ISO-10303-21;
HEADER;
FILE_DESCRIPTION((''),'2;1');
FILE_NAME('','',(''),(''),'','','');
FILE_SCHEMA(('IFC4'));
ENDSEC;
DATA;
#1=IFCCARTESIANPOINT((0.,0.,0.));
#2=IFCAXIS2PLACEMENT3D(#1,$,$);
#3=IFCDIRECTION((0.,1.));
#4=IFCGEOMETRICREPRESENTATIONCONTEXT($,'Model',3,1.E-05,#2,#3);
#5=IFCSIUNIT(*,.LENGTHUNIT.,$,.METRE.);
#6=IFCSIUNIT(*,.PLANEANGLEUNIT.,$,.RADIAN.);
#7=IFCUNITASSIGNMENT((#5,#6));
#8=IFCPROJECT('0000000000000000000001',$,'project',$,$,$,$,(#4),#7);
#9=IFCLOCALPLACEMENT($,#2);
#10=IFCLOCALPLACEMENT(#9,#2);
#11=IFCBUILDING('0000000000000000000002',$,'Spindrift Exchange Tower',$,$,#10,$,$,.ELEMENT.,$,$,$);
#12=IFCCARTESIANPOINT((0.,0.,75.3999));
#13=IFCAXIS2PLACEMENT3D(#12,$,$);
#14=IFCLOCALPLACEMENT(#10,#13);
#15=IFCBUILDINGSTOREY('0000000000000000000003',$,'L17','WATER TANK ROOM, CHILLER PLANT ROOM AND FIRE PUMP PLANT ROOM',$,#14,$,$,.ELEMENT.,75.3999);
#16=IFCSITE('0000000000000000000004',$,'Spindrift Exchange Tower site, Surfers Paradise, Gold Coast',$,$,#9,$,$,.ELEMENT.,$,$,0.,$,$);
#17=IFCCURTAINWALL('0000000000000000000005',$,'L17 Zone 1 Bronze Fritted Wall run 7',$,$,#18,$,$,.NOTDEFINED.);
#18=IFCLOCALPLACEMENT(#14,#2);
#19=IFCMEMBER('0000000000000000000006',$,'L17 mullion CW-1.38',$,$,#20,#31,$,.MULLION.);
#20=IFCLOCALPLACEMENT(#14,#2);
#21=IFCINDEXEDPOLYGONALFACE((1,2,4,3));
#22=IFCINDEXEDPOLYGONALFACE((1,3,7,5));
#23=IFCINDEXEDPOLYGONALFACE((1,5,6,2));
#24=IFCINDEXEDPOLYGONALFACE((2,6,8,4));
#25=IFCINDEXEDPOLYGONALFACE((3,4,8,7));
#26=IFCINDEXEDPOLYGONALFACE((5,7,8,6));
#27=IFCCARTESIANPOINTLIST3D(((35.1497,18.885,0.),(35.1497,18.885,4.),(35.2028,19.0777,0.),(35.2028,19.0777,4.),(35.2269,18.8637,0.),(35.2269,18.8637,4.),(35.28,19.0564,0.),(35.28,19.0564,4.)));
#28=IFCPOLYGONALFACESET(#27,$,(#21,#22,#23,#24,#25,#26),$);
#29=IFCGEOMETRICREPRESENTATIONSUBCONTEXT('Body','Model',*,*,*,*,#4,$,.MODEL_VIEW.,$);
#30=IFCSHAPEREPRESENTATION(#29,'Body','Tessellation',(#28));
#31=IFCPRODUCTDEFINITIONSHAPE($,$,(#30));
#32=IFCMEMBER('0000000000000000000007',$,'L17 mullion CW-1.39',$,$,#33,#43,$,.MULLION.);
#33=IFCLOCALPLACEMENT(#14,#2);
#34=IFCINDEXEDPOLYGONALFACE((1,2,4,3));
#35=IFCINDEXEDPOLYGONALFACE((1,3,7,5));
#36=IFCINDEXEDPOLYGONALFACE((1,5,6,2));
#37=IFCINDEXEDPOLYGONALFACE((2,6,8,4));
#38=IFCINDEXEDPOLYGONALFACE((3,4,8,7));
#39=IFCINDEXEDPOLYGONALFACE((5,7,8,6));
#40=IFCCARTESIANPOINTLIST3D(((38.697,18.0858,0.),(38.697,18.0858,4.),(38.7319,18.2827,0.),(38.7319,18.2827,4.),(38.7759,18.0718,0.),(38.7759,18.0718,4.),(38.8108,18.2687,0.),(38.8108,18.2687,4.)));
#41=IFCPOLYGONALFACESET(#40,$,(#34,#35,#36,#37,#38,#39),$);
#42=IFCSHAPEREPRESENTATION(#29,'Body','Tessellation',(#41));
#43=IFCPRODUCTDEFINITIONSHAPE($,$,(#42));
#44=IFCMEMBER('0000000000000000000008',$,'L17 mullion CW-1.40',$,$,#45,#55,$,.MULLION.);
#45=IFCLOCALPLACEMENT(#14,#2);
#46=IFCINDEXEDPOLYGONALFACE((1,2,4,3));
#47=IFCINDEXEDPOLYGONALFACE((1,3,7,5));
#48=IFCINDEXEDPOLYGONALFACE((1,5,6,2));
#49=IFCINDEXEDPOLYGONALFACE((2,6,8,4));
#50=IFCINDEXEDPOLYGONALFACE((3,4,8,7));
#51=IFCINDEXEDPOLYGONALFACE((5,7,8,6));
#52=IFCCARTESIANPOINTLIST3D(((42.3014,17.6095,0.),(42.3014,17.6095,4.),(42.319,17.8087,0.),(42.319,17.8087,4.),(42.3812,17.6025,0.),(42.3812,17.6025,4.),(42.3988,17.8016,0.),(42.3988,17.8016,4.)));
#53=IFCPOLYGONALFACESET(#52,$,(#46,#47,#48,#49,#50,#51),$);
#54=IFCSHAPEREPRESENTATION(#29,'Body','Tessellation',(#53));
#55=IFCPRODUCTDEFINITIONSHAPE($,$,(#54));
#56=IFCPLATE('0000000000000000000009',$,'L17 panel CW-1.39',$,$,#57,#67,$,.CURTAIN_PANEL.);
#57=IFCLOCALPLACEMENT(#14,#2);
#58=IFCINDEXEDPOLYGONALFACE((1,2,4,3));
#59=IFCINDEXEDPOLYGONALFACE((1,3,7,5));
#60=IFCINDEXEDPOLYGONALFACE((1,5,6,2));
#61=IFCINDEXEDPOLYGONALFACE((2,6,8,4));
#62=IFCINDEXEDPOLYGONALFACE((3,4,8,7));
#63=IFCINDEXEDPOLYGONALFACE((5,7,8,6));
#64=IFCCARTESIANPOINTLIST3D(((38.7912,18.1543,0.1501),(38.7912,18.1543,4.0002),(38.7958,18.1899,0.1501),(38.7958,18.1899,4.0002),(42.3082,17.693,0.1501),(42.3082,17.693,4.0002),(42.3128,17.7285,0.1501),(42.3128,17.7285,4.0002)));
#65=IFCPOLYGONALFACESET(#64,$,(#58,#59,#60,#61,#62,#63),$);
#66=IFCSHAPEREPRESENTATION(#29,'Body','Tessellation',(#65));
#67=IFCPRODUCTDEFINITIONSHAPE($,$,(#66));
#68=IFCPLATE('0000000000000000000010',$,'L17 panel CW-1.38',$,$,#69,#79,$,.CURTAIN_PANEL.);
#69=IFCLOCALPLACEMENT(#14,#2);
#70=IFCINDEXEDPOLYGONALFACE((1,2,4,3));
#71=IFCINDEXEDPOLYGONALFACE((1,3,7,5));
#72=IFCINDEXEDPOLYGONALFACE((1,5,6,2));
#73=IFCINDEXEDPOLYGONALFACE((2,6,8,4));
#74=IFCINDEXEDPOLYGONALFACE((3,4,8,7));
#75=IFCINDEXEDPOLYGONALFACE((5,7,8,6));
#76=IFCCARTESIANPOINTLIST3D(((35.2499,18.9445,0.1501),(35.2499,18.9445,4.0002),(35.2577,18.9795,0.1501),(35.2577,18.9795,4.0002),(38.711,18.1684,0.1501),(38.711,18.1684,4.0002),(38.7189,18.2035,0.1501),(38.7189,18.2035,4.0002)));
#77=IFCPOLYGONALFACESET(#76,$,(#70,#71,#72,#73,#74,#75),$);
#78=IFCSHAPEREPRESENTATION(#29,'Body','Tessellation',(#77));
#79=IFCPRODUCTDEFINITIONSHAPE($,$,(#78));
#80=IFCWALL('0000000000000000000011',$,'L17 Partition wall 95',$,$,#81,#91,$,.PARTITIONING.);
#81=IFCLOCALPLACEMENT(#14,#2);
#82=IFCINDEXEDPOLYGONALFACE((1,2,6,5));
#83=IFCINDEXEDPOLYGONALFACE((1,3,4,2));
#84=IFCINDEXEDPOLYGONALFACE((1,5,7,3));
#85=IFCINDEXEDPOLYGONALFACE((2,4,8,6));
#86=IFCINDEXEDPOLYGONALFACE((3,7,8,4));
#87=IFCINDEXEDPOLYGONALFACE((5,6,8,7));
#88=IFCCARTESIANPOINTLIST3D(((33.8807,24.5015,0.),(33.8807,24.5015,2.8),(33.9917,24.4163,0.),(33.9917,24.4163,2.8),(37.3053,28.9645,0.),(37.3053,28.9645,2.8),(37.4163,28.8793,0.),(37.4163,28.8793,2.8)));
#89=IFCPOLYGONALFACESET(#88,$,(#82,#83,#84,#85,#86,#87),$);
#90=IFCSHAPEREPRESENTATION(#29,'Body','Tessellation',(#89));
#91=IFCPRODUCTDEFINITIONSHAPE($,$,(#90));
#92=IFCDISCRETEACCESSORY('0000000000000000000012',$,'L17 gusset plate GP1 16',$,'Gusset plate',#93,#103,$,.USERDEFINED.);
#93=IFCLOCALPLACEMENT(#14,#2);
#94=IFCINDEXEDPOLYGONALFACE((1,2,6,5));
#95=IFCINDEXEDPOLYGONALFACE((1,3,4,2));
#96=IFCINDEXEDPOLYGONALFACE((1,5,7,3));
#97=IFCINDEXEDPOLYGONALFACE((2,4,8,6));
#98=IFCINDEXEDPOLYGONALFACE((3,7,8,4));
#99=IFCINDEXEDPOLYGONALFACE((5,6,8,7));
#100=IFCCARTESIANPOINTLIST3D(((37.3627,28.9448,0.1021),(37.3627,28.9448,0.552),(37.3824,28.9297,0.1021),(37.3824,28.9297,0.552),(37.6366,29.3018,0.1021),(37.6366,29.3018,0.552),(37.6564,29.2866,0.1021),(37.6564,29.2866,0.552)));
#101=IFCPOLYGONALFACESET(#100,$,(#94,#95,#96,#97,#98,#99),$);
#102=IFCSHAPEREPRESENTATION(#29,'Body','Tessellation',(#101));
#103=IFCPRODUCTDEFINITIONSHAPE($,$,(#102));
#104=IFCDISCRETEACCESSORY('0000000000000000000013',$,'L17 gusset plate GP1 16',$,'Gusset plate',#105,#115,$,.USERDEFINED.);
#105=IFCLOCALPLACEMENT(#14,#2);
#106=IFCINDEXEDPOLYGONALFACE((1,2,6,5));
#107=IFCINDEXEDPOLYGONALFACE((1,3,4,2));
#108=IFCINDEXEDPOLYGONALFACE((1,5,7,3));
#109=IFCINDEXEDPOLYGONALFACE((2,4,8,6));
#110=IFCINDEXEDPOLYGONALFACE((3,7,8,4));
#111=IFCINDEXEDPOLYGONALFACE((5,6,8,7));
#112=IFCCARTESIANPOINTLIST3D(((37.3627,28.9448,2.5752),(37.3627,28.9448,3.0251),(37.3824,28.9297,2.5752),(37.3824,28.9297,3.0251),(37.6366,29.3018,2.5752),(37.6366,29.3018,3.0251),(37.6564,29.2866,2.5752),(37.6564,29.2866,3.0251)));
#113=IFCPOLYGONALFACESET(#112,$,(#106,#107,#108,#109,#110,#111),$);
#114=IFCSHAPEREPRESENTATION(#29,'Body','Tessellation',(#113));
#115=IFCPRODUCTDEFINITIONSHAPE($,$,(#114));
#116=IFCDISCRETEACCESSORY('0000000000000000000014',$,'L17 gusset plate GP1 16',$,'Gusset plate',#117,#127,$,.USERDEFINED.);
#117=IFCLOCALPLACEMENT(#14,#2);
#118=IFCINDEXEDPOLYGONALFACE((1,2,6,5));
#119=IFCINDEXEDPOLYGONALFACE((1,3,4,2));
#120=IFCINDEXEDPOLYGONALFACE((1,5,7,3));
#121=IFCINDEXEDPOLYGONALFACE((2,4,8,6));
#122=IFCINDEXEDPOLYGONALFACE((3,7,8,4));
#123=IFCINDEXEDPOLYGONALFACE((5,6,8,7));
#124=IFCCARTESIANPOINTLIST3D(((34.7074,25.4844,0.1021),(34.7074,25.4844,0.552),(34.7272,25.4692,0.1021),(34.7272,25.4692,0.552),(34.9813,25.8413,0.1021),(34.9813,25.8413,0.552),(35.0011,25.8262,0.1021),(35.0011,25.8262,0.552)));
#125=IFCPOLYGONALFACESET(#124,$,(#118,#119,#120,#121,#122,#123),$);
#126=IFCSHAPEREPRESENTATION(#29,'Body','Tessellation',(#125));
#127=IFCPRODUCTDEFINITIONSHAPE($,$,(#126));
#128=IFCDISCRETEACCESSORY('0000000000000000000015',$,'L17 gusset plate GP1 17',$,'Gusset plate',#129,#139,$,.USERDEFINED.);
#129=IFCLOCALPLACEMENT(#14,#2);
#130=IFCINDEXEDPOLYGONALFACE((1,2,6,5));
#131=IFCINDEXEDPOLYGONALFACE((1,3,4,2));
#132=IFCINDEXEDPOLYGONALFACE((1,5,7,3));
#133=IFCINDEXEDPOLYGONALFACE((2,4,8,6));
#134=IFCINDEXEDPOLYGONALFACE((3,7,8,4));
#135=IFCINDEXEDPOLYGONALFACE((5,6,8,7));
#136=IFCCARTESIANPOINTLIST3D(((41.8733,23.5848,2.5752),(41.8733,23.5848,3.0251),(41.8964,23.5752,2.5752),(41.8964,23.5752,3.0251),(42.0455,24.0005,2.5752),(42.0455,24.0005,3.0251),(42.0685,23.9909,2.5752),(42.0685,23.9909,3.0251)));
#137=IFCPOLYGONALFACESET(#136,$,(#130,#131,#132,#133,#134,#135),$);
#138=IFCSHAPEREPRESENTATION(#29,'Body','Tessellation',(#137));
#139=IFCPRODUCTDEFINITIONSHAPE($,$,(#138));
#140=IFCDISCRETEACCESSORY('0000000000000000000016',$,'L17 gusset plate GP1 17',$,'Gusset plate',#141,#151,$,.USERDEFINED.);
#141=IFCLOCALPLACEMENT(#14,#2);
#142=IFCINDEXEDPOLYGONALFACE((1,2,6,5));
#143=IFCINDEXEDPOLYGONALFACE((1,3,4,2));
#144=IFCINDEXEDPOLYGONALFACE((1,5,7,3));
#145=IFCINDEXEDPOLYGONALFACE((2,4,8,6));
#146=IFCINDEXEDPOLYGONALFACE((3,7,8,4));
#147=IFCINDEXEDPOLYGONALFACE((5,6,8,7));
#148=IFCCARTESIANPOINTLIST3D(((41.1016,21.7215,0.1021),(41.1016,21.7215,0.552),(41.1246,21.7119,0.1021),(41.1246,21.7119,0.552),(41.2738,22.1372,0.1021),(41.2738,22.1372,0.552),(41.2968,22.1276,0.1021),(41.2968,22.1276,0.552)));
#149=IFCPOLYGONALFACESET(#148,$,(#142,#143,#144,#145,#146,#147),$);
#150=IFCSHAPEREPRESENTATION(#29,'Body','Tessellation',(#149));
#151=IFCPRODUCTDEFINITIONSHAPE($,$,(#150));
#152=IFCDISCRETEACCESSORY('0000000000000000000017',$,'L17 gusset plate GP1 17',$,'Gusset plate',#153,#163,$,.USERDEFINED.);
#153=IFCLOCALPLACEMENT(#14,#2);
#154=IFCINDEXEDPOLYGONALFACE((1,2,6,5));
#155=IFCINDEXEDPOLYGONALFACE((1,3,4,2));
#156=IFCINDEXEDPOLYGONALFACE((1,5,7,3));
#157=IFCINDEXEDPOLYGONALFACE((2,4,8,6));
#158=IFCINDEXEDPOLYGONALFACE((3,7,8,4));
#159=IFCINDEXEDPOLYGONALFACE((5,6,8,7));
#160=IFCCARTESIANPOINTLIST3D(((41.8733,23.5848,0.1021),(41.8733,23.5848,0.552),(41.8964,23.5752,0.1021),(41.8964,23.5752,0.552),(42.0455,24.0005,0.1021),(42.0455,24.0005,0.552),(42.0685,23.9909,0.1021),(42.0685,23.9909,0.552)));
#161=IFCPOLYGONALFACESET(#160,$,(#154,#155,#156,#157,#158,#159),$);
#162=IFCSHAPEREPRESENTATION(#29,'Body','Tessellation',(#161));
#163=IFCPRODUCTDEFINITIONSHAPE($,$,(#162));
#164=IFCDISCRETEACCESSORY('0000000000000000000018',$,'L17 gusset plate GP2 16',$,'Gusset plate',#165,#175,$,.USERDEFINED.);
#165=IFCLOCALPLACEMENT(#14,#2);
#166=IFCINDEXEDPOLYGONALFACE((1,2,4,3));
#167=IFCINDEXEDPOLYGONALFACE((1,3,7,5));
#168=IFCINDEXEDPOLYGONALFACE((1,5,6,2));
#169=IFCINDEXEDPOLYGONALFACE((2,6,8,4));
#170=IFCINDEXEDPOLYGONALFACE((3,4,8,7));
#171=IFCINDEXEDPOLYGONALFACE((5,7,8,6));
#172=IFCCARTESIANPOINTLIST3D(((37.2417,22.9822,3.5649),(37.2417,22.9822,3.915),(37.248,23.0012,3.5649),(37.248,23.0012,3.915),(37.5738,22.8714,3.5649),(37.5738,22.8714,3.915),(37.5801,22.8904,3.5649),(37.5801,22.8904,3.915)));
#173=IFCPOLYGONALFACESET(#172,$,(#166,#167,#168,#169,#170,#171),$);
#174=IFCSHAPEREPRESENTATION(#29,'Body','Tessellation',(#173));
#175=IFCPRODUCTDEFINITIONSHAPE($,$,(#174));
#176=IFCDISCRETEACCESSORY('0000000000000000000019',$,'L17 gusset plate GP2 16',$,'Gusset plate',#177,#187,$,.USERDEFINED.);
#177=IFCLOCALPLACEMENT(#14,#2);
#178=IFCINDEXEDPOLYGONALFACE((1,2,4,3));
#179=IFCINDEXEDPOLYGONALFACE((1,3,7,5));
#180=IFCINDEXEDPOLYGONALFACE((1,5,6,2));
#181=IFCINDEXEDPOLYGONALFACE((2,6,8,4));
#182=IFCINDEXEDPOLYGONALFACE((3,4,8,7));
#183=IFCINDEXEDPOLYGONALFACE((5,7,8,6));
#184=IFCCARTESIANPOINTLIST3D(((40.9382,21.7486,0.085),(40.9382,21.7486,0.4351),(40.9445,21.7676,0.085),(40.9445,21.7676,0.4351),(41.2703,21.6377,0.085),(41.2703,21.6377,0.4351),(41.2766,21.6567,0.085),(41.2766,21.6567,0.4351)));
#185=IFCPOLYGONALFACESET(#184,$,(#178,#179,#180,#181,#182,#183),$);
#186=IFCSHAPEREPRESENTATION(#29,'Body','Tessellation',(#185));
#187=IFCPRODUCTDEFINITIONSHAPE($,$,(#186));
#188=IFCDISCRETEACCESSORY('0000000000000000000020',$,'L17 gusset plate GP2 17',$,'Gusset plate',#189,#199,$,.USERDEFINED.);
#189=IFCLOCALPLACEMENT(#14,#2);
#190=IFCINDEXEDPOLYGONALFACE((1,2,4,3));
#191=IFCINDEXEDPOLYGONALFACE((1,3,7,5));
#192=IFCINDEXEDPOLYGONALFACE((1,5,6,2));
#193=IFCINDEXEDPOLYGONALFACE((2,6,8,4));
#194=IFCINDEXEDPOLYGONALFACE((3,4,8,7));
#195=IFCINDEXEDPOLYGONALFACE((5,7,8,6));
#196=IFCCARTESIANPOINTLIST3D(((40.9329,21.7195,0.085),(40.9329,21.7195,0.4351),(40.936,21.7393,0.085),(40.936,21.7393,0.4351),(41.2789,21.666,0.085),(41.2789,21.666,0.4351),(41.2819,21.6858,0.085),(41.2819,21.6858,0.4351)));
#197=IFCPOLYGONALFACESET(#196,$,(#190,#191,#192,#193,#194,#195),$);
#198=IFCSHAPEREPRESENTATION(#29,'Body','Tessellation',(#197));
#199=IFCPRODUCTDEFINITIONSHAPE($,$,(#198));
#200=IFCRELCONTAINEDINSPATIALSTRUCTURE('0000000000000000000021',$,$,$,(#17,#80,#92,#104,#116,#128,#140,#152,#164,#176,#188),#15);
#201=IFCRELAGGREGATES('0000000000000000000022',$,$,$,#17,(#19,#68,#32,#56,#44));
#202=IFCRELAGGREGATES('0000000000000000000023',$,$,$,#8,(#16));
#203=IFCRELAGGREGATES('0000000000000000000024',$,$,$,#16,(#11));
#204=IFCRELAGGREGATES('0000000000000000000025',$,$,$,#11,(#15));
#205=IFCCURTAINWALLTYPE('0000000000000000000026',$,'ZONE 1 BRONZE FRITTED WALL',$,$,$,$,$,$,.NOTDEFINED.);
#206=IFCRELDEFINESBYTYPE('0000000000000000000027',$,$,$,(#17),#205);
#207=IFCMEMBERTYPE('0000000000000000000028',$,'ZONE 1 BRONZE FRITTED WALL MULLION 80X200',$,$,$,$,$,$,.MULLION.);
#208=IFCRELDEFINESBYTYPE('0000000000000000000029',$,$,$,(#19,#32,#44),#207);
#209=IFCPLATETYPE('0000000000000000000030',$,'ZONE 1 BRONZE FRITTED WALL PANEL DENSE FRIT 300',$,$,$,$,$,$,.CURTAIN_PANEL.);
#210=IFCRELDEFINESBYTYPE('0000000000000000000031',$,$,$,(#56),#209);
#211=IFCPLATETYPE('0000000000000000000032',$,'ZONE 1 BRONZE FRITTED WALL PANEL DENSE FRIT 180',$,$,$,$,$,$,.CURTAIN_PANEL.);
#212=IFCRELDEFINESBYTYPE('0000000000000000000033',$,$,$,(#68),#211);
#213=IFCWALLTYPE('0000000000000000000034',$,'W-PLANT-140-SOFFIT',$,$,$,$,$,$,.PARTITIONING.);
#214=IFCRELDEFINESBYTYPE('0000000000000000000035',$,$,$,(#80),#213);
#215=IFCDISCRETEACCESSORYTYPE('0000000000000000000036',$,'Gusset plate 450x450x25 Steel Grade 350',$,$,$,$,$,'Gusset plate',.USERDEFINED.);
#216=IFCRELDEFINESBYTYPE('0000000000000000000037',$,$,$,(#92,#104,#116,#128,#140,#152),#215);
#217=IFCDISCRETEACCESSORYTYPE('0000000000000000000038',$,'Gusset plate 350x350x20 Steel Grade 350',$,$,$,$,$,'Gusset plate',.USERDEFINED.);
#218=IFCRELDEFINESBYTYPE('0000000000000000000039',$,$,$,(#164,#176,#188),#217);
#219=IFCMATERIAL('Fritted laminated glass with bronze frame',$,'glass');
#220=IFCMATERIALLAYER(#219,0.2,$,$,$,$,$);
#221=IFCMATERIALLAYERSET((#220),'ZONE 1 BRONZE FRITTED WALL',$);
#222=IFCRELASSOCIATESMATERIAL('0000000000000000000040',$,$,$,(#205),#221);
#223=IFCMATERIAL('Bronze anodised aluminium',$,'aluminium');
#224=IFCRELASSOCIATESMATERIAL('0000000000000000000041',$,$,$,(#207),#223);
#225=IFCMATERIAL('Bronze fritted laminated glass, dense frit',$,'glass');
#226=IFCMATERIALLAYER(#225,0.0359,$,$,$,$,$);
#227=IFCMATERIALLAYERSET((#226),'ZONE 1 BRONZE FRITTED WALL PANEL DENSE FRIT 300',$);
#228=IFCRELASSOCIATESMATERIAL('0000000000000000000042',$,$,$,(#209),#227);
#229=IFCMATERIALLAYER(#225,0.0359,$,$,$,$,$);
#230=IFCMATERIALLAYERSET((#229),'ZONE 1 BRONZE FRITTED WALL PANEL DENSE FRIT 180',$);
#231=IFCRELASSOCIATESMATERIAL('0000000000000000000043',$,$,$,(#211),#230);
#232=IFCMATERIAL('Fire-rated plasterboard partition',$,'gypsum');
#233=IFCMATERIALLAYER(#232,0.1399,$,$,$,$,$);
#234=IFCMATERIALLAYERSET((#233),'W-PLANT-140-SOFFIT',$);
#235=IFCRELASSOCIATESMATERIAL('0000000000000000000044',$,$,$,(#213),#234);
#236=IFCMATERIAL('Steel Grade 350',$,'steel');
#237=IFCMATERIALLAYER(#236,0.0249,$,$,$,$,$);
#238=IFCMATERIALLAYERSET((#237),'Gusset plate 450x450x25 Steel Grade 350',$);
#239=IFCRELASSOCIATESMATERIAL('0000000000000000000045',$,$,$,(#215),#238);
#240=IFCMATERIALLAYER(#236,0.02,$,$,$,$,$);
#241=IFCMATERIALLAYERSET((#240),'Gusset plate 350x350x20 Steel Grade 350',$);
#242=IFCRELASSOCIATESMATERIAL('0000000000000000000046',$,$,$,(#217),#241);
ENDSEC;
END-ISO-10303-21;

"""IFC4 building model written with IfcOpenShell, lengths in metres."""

from ifc_helpers import new_model, si_unit, direction, frame, frame_2d, origin, origin_2d, place, context, subcontext, project, spatial, rectangle, extrude, source, transform, mapped, material, layer, layer_set, material_profile, profile_set, type_object, element, aggregate, save


model = new_model("IFC4")

# Units and contexts
model_context = context("Model", 3, precision=1e-05, world=origin(), true_north=direction((0.0, 1.0)))
body_context = subcontext(model_context, "Body", "Model", "MODEL_VIEW")
ifc_project = project(units=[si_unit("LENGTHUNIT", "METRE"), si_unit("PLANEANGLEUNIT", "RADIAN")], contexts=[model_context])

# Site, building, storey
site_placement = place(None, origin())
site = spatial("IfcSite", under=ifc_project, at=site_placement, Name="Spindrift Exchange Tower site, Surfers Paradise, Gold Coast", CompositionType="ELEMENT", RefElevation=0.0)
building_placement = place(site_placement, origin())
building = spatial("IfcBuilding", under=site, at=building_placement, Name="Spindrift Exchange Tower", CompositionType="ELEMENT")
storey_placement = place(building_placement, frame((0.0, 0.0, 75.3999)))
storey = spatial("IfcBuildingStorey", under=building, at=storey_placement, Name="L17", Description="WATER TANK ROOM, CHILLER PLANT ROOM AND FIRE PUMP PLANT ROOM", CompositionType="ELEMENT", Elevation=75.3999)

# Shared definitions
ifc_material_1 = material(Name="Steel Grade 350", Category="steel")

# Curtain wall, members, plates
ifc_material_2 = material(Name="Fritted laminated glass with bronze frame", Category="glass")
ifc_layer_1 = layer(ifc_material_2, 0.2)
ifc_layer_set_1 = layer_set([ifc_layer_1], Name="ZONE 1 BRONZE FRITTED WALL")
curtain_wall_type = type_object("IfcCurtainWallType", Name="ZONE 1 BRONZE FRITTED WALL", PredefinedType="NOTDEFINED", material=ifc_layer_set_1)
curtain_wall_placement = place(storey_placement, origin())
curtain_wall = element("IfcCurtainWall", 1, at=curtain_wall_placement, inside=storey, type_object=curtain_wall_type, Name="L17 Zone 1 Bronze Fritted Wall run 7", PredefinedType="NOTDEFINED")
ifc_material_3 = material(Name="Bronze anodised aluminium", Category="aluminium")
ifc_material_profile_1 = material_profile(ifc_material_3, rectangle(XDim=0.0801, YDim=0.2, at=origin_2d()), Name="ZONE 1 BRONZE FRITTED WALL MULLION 80X200")
ifc_profile_set_1 = profile_set([ifc_material_profile_1], Name="Bronze anodised aluminium")
member_type_1 = type_object("IfcMemberType", Name="ZONE 1 BRONZE FRITTED WALL MULLION 80X200", PredefinedType="MULLION", material=ifc_profile_set_1)
shared_shape_1 = source(origin(), body_context, "Body", "SweptSolid", [
    extrude(rectangle(XDim=0.0801, YDim=0.2, at=origin_2d()), origin(), (0.0, 0.0, 1.0), 4.0),
])
member_1_placement = place(storey_placement, frame((35.2148, 18.9707, 0.0), z_axis=(0.0, 0.0, 1.0), x_axis=(0.964038, -0.265766, 0.0)))
member_1 = element("IfcMember", 2, at=member_1_placement, type_object=member_type_1, Name="L17 mullion CW-1.38", PredefinedType="MULLION", context=body_context, shape_type="MappedRepresentation", body=[
    mapped(shared_shape_1, transform((0.0, 0.0, 0.0), scale=1.0)),
])
member_2_placement = place(storey_placement, frame((38.7539, 18.1772, 0.0), z_axis=(0.0, 0.0, 1.0), x_axis=(0.984641, -0.174592, 0.0)))
member_2 = element("IfcMember", 3, at=member_2_placement, type_object=member_type_1, Name="L17 mullion CW-1.39", PredefinedType="MULLION", context=body_context, shape_type="MappedRepresentation", body=[
    mapped(shared_shape_1, transform((0.0, 0.0, 0.0), scale=1.0)),
])
member_3_placement = place(storey_placement, frame((42.3501, 17.7056, 0.0), z_axis=(0.0, 0.0, 1.0), x_axis=(0.996124, -0.08796, 0.0)))
member_3 = element("IfcMember", 4, at=member_3_placement, type_object=member_type_1, Name="L17 mullion CW-1.40", PredefinedType="MULLION", context=body_context, shape_type="MappedRepresentation", body=[
    mapped(shared_shape_1, transform((0.0, 0.0, 0.0), scale=1.0)),
])
ifc_material_4 = material(Name="Bronze fritted laminated glass, dense frit", Category="glass")
ifc_layer_2 = layer(ifc_material_4, 0.0359)
ifc_layer_set_2 = layer_set([ifc_layer_2], Name="ZONE 1 BRONZE FRITTED WALL PANEL DENSE FRIT 300")
plate_type_1 = type_object("IfcPlateType", Name="ZONE 1 BRONZE FRITTED WALL PANEL DENSE FRIT 300", PredefinedType="CURTAIN_PANEL", material=ifc_layer_set_2)
shared_shape_2 = source(origin(), body_context, "Body", "SweptSolid", [
    extrude(rectangle(XDim=3.5471, YDim=0.0359, at=origin_2d()), origin(), (0.0, 0.0, 1.0), 3.8501),
])
plate_1_placement = place(storey_placement, frame((40.552, 17.9414, 0.1501), z_axis=(0.0, 0.0, 1.0), x_axis=(0.991507, -0.130052, 0.0)))
plate_1 = element("IfcPlate", 5, at=plate_1_placement, type_object=plate_type_1, Name="L17 panel CW-1.39", PredefinedType="CURTAIN_PANEL", context=body_context, shape_type="MappedRepresentation", body=[
    mapped(shared_shape_2, transform((0.0, 0.0, 0.0), scale=1.0)),
])
ifc_layer_3 = layer(ifc_material_4, 0.0359)
ifc_layer_set_3 = layer_set([ifc_layer_3], Name="ZONE 1 BRONZE FRITTED WALL PANEL DENSE FRIT 180")
plate_type_2 = type_object("IfcPlateType", Name="ZONE 1 BRONZE FRITTED WALL PANEL DENSE FRIT 180", PredefinedType="CURTAIN_PANEL", material=ifc_layer_set_3)
shared_shape_3 = source(origin(), body_context, "Body", "SweptSolid", [
    extrude(rectangle(XDim=3.5471, YDim=0.0359, at=origin_2d()), origin(), (0.0, 0.0, 1.0), 3.8501),
])
plate_2_placement = place(storey_placement, frame((36.9844, 18.574, 0.1501), z_axis=(0.0, 0.0, 1.0), x_axis=(0.975775, -0.218779, 0.0)))
plate_2 = element("IfcPlate", 6, at=plate_2_placement, type_object=plate_type_2, Name="L17 panel CW-1.38", PredefinedType="CURTAIN_PANEL", context=body_context, shape_type="MappedRepresentation", body=[
    mapped(shared_shape_3, transform((0.0, 0.0, 0.0), scale=1.0)),
])
aggregate(curtain_wall, [member_1, plate_2, member_2, plate_1, member_3])

# Wall
ifc_material_5 = material(Name="Fire-rated plasterboard partition", Category="gypsum")
ifc_layer_4 = layer(ifc_material_5, 0.1399)
ifc_layer_set_4 = layer_set([ifc_layer_4], Name="W-PLANT-140-SOFFIT")
wall_type = type_object("IfcWallType", Name="W-PLANT-140-SOFFIT", PredefinedType="PARTITIONING", material=ifc_layer_set_4)
wall_placement = place(storey_placement, frame((37.3608, 28.9219, 0.0), z_axis=(0.0, 0.0, 1.0), x_axis=(-0.608769, -0.793348, 0.0)))
element("IfcWall", 7, at=wall_placement, inside=storey, type_object=wall_type, Name="L17 Partition wall 95", PredefinedType="PARTITIONING", context=body_context, shape_type="SweptSolid", body=[
    extrude(rectangle(XDim=5.6255, YDim=0.1399, at=frame_2d((2.8127, 0.0))), origin(), (0.0, 0.0, 1.0), 2.8),
])

# Discrete accessories
ifc_layer_5 = layer(ifc_material_1, 0.0249)
ifc_layer_set_5 = layer_set([ifc_layer_5], Name="Gusset plate 450x450x25 Steel Grade 350")
discrete_accessory_type_1 = type_object("IfcDiscreteAccessoryType", Name="Gusset plate 450x450x25 Steel Grade 350", ElementType="Gusset plate", PredefinedType="USERDEFINED", material=ifc_layer_set_5)
shared_shape_4 = source(origin(), body_context, "Body", "SweptSolid", [
    extrude(rectangle(XDim=0.45, YDim=0.0249, at=origin_2d()), origin(), (0.0, 0.0, 1.0), 0.45),
])
for number, where, z_axis, x_axis, name in (
    (8, (37.5095, 29.1157, 0.1021), (0.0, 0.0, 1.0), (-0.608756, -0.793358, 0.0), "L17 gusset plate GP1 16"),
    (9, (37.5095, 29.1157, 2.5752), (0.0, 0.0, 1.0), (-0.608761, -0.793353, 0.0), "L17 gusset plate GP1 16"),
    (10, (34.8542, 25.6553, 0.1021), (0.0, 0.0, 1.0), (-0.608761, -0.793353, 0.0), "L17 gusset plate GP1 16"),
    (11, (41.9709, 23.7878, 2.5752), (0.0, 0.0, 1.0), (-0.382685, -0.923879, 0.0), "L17 gusset plate GP1 17"),
    (12, (41.1992, 21.9246, 0.1021), (0.0, 0.0, 1.0), (-0.382664, -0.923888, 0.0), "L17 gusset plate GP1 17"),
    (13, (41.9709, 23.7878, 0.1021), (0.0, 0.0, 1.0), (-0.382683, -0.92388, 0.0), "L17 gusset plate GP1 17"),
):
    element("IfcDiscreteAccessory", number, at=place(storey_placement, frame(where, z_axis=z_axis, x_axis=x_axis)), inside=storey, type_object=discrete_accessory_type_1, Name=name, ObjectType="Gusset plate", PredefinedType="USERDEFINED", context=body_context, shape_type="MappedRepresentation", body=[
        mapped(shared_shape_4, transform((0.0, 0.0, 0.0), scale=1.0)),
    ])
ifc_layer_6 = layer(ifc_material_1, 0.02)
ifc_layer_set_6 = layer_set([ifc_layer_6], Name="Gusset plate 350x350x20 Steel Grade 350")
discrete_accessory_type_2 = type_object("IfcDiscreteAccessoryType", Name="Gusset plate 350x350x20 Steel Grade 350", ElementType="Gusset plate", PredefinedType="USERDEFINED", material=ifc_layer_set_6)
shared_shape_5 = source(origin(), body_context, "Body", "SweptSolid", [
    extrude(rectangle(XDim=0.3501, YDim=0.02, at=origin_2d()), origin(), (0.0, 0.0, 1.0), 0.3501),
])
for number, where, z_axis, x_axis, name in (
    (14, (37.4109, 22.9363, 3.5649), (0.0, 0.0, 1.0), (0.948568, -0.316575, 0.0), "L17 gusset plate GP2 16"),
    (15, (41.1074, 21.7026, 0.085), (0.0, 0.0, 1.0), (0.94856, -0.316598, 0.0), "L17 gusset plate GP2 16"),
    (16, (41.1074, 21.7026, 0.085), (0.0, 0.0, 1.0), (0.988235, -0.152941, 0.0), "L17 gusset plate GP2 17"),
):
    element("IfcDiscreteAccessory", number, at=place(storey_placement, frame(where, z_axis=z_axis, x_axis=x_axis)), inside=storey, type_object=discrete_accessory_type_2, Name=name, ObjectType="Gusset plate", PredefinedType="USERDEFINED", context=body_context, shape_type="MappedRepresentation", body=[
        mapped(shared_shape_5, transform((0.0, 0.0, 0.0), scale=1.0)),
    ])

save(model, "model.ifc")
